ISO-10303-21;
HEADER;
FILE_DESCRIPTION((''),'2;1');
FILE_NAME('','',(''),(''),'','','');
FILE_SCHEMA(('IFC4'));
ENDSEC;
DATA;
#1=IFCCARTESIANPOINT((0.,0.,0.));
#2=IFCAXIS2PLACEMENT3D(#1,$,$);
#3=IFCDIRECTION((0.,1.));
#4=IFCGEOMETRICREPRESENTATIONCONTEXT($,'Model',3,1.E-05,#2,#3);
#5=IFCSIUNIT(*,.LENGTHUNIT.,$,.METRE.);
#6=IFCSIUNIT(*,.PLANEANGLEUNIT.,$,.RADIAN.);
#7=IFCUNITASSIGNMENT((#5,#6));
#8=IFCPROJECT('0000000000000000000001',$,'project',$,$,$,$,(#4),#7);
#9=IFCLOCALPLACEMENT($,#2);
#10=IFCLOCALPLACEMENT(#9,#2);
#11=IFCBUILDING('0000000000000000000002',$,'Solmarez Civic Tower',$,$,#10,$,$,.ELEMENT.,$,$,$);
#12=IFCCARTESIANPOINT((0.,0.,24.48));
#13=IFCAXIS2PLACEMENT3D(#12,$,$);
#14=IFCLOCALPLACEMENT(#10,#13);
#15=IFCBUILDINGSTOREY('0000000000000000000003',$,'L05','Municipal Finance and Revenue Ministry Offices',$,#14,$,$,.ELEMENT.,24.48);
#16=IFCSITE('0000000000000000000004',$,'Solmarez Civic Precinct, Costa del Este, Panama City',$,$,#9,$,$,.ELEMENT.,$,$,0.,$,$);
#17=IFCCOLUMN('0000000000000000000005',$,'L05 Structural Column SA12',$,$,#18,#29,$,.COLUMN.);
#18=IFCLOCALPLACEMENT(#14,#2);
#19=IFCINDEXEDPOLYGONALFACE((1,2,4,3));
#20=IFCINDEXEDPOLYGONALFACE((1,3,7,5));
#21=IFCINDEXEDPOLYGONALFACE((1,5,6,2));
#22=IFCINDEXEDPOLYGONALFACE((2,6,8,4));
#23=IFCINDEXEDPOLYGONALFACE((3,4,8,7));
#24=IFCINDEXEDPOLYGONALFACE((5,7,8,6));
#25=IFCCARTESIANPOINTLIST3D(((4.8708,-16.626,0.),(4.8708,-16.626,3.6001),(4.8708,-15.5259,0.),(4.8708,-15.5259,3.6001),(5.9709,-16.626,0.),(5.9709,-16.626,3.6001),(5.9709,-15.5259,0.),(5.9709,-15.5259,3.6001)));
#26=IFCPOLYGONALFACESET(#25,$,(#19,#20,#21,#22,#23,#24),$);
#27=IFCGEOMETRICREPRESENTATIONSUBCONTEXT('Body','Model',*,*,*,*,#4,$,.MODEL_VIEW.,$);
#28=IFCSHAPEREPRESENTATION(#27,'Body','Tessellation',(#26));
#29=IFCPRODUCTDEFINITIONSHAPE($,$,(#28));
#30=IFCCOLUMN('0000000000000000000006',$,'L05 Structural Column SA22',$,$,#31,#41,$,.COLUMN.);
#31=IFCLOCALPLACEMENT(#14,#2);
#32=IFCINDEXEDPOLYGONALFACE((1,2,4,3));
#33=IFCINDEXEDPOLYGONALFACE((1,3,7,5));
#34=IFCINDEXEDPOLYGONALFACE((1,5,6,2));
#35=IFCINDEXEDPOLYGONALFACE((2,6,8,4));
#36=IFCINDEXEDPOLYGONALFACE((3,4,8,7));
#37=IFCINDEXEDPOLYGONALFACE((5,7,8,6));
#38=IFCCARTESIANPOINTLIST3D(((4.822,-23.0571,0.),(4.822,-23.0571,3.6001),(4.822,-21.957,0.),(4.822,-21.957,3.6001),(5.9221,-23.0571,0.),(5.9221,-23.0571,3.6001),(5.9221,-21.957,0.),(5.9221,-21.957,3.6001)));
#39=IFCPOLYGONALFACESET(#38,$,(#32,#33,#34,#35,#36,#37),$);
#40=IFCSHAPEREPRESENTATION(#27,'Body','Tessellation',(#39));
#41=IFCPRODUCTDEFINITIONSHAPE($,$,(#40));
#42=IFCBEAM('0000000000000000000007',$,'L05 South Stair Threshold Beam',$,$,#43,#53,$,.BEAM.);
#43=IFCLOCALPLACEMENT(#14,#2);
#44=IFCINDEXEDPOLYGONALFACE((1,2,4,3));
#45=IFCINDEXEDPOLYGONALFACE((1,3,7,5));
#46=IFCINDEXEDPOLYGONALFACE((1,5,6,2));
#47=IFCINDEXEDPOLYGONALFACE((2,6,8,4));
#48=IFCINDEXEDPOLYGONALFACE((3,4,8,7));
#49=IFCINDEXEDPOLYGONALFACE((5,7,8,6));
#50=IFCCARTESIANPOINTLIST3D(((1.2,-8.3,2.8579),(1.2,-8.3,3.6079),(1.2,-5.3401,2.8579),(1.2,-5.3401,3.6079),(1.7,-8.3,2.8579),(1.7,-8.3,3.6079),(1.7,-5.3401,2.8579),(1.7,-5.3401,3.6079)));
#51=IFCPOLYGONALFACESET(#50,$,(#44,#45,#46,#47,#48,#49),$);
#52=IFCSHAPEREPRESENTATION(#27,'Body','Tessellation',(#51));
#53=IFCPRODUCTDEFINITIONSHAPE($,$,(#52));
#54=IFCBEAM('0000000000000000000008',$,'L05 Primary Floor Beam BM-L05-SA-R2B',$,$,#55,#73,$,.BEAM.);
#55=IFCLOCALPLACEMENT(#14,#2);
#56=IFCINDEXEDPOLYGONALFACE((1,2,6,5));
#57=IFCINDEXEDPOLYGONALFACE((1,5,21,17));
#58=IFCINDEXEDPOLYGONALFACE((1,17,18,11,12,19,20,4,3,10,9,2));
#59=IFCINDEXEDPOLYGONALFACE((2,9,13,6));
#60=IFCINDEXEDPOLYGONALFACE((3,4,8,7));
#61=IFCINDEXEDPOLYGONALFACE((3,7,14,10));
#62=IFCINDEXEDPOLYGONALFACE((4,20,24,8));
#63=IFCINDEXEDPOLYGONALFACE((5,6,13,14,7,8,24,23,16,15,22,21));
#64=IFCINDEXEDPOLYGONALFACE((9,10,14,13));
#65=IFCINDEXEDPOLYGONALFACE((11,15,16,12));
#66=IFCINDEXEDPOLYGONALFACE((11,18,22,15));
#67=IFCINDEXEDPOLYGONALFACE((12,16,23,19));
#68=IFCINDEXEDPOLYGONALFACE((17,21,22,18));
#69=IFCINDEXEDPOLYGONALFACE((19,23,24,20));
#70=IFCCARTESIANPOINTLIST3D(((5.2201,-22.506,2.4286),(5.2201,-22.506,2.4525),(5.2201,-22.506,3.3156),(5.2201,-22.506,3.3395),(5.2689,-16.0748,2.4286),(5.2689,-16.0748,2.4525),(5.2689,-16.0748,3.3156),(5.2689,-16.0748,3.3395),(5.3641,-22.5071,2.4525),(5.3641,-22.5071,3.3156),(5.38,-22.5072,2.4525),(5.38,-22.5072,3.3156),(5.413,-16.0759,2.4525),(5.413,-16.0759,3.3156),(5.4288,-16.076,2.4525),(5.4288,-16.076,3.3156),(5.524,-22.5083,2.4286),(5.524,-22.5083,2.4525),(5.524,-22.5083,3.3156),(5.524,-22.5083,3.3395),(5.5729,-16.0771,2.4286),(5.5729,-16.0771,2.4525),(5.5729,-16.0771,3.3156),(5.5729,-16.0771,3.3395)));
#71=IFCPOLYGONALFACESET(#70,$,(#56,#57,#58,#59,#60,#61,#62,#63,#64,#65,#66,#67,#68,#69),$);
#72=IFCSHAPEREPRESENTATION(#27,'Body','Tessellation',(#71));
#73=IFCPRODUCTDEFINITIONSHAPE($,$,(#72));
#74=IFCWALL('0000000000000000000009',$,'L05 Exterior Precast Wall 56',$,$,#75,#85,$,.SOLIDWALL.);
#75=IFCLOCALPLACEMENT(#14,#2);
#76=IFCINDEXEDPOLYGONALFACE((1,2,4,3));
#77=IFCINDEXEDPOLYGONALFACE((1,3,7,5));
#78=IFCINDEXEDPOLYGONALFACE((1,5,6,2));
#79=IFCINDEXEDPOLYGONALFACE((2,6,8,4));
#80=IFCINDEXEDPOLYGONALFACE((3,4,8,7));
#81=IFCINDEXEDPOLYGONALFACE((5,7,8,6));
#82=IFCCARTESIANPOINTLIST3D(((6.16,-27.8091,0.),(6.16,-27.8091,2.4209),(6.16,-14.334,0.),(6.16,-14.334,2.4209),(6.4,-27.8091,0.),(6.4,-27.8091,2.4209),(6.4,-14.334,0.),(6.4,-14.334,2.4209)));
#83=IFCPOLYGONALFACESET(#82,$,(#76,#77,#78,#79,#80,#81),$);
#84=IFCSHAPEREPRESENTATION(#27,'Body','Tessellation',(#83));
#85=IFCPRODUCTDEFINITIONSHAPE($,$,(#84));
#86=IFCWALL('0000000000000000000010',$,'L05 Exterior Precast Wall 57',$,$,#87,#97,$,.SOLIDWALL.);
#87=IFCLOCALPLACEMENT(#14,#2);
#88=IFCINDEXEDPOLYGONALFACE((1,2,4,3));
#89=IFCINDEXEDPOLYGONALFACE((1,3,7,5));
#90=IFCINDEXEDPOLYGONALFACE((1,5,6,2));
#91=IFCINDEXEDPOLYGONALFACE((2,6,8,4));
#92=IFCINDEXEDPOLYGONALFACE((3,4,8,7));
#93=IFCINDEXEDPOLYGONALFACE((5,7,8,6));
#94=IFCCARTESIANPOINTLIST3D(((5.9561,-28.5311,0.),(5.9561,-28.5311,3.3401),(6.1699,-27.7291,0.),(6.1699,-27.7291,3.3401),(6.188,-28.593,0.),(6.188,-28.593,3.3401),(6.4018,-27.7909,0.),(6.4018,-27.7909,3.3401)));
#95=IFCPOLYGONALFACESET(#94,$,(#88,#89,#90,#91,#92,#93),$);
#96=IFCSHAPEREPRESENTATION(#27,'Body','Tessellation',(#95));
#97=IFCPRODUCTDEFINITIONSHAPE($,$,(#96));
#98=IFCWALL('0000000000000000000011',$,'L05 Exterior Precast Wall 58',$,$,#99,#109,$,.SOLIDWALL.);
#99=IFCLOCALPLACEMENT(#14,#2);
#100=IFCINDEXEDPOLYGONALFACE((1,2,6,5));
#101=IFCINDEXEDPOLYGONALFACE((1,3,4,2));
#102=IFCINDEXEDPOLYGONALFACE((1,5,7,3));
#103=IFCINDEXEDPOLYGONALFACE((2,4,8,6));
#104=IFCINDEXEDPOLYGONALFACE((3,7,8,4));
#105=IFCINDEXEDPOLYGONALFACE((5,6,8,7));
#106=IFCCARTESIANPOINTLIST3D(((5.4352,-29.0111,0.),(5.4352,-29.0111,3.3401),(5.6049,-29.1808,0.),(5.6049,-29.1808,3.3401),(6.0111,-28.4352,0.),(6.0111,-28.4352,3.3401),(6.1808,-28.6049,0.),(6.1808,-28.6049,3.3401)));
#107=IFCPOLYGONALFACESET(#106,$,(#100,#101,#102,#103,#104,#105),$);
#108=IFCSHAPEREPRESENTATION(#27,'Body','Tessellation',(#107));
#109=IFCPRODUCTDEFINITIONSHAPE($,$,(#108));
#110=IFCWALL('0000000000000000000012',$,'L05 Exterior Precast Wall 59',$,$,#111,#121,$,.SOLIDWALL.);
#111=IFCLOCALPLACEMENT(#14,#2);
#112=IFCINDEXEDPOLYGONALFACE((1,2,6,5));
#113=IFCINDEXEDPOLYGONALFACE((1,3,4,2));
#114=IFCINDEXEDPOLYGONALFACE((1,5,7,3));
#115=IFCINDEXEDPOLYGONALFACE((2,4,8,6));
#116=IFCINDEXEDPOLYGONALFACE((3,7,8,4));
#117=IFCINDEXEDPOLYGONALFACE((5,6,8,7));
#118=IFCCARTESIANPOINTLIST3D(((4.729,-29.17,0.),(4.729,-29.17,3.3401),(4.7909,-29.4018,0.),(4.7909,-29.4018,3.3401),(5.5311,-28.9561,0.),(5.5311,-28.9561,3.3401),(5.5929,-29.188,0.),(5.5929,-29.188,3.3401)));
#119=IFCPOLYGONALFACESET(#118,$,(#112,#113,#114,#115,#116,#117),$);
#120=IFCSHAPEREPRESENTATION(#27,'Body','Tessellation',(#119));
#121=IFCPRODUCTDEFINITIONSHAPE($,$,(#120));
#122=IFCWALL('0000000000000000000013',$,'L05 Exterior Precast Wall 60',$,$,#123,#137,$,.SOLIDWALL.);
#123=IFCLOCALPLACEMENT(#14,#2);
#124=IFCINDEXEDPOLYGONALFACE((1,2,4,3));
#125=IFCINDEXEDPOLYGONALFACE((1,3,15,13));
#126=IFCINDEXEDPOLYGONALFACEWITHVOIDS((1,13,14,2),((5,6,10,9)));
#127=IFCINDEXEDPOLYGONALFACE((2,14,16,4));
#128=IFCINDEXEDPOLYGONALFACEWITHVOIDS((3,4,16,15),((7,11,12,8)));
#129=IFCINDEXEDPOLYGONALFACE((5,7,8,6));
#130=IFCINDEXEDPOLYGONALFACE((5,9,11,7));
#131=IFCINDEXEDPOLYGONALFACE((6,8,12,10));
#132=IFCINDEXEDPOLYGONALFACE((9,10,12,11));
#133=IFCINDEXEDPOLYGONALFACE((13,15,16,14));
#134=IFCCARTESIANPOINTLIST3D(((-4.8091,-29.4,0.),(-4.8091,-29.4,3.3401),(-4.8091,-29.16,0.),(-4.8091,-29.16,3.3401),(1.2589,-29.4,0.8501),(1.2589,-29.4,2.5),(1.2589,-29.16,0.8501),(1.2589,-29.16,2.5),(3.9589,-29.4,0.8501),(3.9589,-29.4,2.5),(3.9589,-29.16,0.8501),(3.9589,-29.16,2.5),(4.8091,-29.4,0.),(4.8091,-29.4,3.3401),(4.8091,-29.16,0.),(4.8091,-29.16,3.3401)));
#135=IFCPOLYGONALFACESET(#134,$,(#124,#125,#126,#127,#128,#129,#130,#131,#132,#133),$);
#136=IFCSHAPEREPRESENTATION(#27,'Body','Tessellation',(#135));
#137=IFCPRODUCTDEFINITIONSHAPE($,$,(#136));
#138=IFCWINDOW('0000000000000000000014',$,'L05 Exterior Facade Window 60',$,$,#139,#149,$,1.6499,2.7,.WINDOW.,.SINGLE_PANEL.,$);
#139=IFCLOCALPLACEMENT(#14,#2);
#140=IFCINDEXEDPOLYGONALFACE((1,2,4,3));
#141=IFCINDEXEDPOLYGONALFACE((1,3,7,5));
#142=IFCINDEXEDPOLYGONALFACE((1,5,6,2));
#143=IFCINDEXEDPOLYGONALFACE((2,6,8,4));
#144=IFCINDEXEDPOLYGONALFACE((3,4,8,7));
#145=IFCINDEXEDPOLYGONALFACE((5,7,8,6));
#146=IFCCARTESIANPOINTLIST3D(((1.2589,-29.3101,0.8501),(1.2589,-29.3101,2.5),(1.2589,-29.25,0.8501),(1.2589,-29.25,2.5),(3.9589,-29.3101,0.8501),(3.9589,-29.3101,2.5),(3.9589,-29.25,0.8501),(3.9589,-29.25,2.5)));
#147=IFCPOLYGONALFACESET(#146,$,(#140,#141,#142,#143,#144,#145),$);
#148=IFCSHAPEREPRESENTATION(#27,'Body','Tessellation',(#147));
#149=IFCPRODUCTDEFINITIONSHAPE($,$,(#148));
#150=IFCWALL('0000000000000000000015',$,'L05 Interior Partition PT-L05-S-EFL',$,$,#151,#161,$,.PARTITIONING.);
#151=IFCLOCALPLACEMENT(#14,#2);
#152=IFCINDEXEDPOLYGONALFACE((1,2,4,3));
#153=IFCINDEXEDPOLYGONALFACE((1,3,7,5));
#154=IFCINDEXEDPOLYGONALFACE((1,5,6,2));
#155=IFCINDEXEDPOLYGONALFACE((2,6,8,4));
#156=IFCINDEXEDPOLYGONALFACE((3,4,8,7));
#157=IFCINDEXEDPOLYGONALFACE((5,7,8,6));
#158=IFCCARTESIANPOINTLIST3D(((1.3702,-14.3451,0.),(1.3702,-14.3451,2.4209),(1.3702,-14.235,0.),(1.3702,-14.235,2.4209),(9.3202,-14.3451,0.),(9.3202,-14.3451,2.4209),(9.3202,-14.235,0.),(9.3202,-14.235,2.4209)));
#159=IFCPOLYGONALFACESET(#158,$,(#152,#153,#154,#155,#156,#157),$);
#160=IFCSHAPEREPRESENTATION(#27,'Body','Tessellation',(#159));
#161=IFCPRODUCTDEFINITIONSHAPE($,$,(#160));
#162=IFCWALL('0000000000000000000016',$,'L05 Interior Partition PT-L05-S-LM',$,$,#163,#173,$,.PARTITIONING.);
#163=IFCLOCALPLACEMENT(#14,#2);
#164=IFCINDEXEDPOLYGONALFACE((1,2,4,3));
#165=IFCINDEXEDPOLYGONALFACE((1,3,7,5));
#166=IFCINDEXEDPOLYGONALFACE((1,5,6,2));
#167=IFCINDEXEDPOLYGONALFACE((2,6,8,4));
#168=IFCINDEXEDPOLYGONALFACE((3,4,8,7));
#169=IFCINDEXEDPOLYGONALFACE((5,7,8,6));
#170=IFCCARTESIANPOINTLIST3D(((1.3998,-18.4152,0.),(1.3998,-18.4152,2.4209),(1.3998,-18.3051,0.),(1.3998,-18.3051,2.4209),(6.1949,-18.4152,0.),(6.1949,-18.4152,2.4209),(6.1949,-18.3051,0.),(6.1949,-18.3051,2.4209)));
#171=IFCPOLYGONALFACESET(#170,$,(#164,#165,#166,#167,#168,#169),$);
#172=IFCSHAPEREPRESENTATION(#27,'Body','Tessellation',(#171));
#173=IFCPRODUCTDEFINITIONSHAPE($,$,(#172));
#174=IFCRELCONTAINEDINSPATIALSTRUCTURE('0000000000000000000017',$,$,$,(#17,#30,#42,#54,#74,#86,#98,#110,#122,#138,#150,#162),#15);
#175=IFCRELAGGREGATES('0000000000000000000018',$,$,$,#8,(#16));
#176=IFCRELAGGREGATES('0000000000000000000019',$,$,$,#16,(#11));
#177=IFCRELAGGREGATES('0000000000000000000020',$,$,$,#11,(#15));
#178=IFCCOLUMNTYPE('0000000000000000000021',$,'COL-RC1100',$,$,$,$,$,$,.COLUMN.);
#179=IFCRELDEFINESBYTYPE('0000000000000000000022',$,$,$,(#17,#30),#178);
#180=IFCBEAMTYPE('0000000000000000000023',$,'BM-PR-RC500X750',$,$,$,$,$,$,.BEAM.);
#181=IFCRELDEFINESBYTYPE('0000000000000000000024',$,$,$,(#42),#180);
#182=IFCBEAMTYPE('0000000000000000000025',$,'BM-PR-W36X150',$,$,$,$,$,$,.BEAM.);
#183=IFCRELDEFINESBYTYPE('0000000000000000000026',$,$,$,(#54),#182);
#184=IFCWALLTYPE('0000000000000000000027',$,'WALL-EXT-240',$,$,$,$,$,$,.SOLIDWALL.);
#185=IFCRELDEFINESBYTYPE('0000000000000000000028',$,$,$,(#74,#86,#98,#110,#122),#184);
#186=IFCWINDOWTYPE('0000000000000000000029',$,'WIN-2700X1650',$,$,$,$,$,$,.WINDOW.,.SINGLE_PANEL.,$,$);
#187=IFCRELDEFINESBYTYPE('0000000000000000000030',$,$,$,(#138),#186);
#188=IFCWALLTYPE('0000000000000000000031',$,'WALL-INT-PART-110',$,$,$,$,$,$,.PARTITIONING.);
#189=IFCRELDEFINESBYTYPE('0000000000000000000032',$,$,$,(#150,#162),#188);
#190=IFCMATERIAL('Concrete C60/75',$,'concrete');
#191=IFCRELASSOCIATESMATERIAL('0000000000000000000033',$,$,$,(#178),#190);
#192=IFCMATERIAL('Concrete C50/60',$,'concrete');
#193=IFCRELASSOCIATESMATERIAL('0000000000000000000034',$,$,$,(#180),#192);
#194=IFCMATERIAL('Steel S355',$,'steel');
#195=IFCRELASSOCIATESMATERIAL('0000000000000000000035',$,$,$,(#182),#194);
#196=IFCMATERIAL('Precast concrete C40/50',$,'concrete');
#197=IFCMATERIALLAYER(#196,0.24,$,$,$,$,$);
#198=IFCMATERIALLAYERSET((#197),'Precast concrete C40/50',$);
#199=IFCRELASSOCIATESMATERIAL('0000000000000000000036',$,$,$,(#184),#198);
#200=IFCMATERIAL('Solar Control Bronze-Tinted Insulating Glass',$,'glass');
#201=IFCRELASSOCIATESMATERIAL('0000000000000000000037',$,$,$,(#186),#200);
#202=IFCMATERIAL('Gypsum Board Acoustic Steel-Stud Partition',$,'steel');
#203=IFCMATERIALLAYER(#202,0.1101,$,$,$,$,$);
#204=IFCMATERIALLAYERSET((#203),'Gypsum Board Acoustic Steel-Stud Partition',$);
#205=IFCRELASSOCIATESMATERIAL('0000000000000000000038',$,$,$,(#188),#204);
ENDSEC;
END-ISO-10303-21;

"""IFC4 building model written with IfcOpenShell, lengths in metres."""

from ifc_helpers import new_model, si_unit, direction, frame, frame_2d, origin, origin_2d, place, context, subcontext, project, spatial, rectangle, i_section, extrude, material, layer, layer_set, material_profile, profile_set, type_object, element, fill, save


model = new_model("IFC4")

# Units and contexts
model_context = context("Model", 3, precision=1e-05, world=origin(), true_north=direction((0.0, 1.0)))
body_context = subcontext(model_context, "Body", "Model", "MODEL_VIEW")
ifc_project = project(units=[si_unit("LENGTHUNIT", "METRE"), si_unit("PLANEANGLEUNIT", "RADIAN")], contexts=[model_context])

# Site, building, storey
site_placement = place(None, origin())
site = spatial("IfcSite", under=ifc_project, at=site_placement, Name="Solmarez Civic Precinct, Costa del Este, Panama City", CompositionType="ELEMENT", RefElevation=0.0)
building_placement = place(site_placement, origin())
building = spatial("IfcBuilding", under=site, at=building_placement, Name="Solmarez Civic Tower", CompositionType="ELEMENT")
storey_placement = place(building_placement, frame((0.0, 0.0, 24.48)))
storey = spatial("IfcBuildingStorey", under=building, at=storey_placement, Name="L05", Description="Municipal Finance and Revenue Ministry Offices", CompositionType="ELEMENT", Elevation=24.48)

# Columns
ifc_material_1 = material(Name="Concrete C60/75", Category="concrete")
ifc_material_profile_1 = material_profile(ifc_material_1, rectangle(XDim=1.1001, YDim=1.1001, at=origin_2d()), Name="RC1100X1100")
ifc_profile_set_1 = profile_set([ifc_material_profile_1], Name="Concrete C60/75")
column_type = type_object("IfcColumnType", Name="COL-RC1100", PredefinedType="COLUMN", material=ifc_profile_set_1)
for number, where, z_axis, x_axis, name in (
    (1, (5.4209, -16.0759, 0.0), (0.0, 0.0, 1.0), (1.0, 0.0, 0.0), "L05 Structural Column SA12"),
    (2, (5.3721, -22.5071, 0.0), (0.0, 0.0, 1.0), (1.0, 0.0, 0.0), "L05 Structural Column SA22"),
):
    element("IfcColumn", number, at=place(storey_placement, frame(where, z_axis=z_axis, x_axis=x_axis)), inside=storey, type_object=column_type, Name=name, PredefinedType="COLUMN", context=body_context, shape_type="SweptSolid", body=[
        extrude(rectangle(XDim=1.1001, YDim=1.1001, at=origin_2d()), origin(), (0.0, 0.0, 1.0), 3.6001),
    ])

# Beams
ifc_material_2 = material(Name="Concrete C50/60", Category="concrete")
ifc_material_profile_2 = material_profile(ifc_material_2, rectangle(XDim=0.5, YDim=0.75, at=origin_2d()), Name="RC500X750")
ifc_profile_set_2 = profile_set([ifc_material_profile_2], Name="Concrete C50/60")
beam_type_1 = type_object("IfcBeamType", Name="BM-PR-RC500X750", PredefinedType="BEAM", material=ifc_profile_set_2)
beam_1_placement = place(storey_placement, frame((1.45, -8.3, 3.2329), z_axis=(0.0, 1.0, 0.0), x_axis=(-1.0, 0.0, 0.0)))
element("IfcBeam", 3, at=beam_1_placement, inside=storey, type_object=beam_type_1, Name="L05 South Stair Threshold Beam", PredefinedType="BEAM", context=body_context, shape_type="SweptSolid", body=[
    extrude(rectangle(XDim=0.5, YDim=0.75, at=origin_2d()), origin(), (0.0, 0.0, 1.0), 2.96),
])
ifc_material_3 = material(Name="Steel S355", Category="steel")
ifc_material_profile_3 = material_profile(ifc_material_3, i_section(OverallWidth=0.304, OverallDepth=0.9109, WebThickness=0.0159, FlangeThickness=0.0239, at=origin_2d()), Name="W36X150")
ifc_profile_set_3 = profile_set([ifc_material_profile_3], Name="Steel S355")
beam_type_2 = type_object("IfcBeamType", Name="BM-PR-W36X150", PredefinedType="BEAM", material=ifc_profile_set_3)
beam_2_placement = place(storey_placement, frame((5.4209, -16.0759, 2.884), z_axis=(-0.007592, -0.999971, 0.0), x_axis=(0.999971, -0.007592, 0.0)))
element("IfcBeam", 4, at=beam_2_placement, inside=storey, type_object=beam_type_2, Name="L05 Primary Floor Beam BM-L05-SA-R2B", PredefinedType="BEAM", context=body_context, shape_type="SweptSolid", body=[
    extrude(i_section(OverallWidth=0.304, OverallDepth=0.9109, WebThickness=0.0159, FlangeThickness=0.0239, at=origin_2d()), origin(), (0.0, 0.0, 1.0), 6.4314),
])

# Walls
ifc_material_4 = material(Name="Precast concrete C40/50", Category="concrete")
ifc_layer_1 = layer(ifc_material_4, 0.24)
ifc_layer_set_1 = layer_set([ifc_layer_1], Name="Precast concrete C40/50")
wall_type_1 = type_object("IfcWallType", Name="WALL-EXT-240", PredefinedType="SOLIDWALL", material=ifc_layer_set_1)
wall_1_placement = place(storey_placement, frame((6.28, -14.334, 0.0), z_axis=(0.0, 0.0, 1.0), x_axis=(0.0, -1.0, 0.0)))
element("IfcWall", 5, at=wall_1_placement, inside=storey, type_object=wall_type_1, Name="L05 Exterior Precast Wall 56", PredefinedType="SOLIDWALL", context=body_context, shape_type="SweptSolid", body=[
    extrude(rectangle(XDim=13.4751, YDim=0.24, at=frame_2d((6.7375, 0.0))), origin(), (0.0, 0.0, 1.0), 2.4209),
])
wall_2_placement = place(storey_placement, frame((6.2859, -27.76, 0.0), z_axis=(0.0, 0.0, 1.0), x_axis=(-0.257663, -0.966235, 0.0)))
element("IfcWall", 6, at=wall_2_placement, inside=storey, type_object=wall_type_1, Name="L05 Exterior Precast Wall 57", PredefinedType="SOLIDWALL", context=body_context, shape_type="SweptSolid", body=[
    extrude(rectangle(XDim=0.8301, YDim=0.24, at=frame_2d((0.415, 0.0))), origin(), (0.0, 0.0, 1.0), 3.3401),
])
wall_3_placement = place(storey_placement, frame((6.0959, -28.52, 0.0), z_axis=(0.0, 0.0, 1.0), x_axis=(-0.707107, -0.707107, 0.0)))
element("IfcWall", 7, at=wall_3_placement, inside=storey, type_object=wall_type_1, Name="L05 Exterior Precast Wall 58", PredefinedType="SOLIDWALL", context=body_context, shape_type="SweptSolid", body=[
    extrude(rectangle(XDim=0.8145, YDim=0.24, at=frame_2d((0.4072, 0.0))), origin(), (0.0, 0.0, 1.0), 3.3401),
])
wall_4_placement = place(storey_placement, frame((5.562, -29.072, 0.0), z_axis=(0.0, 0.0, 1.0), x_axis=(-0.966235, -0.257663, 0.0)))
element("IfcWall", 8, at=wall_4_placement, inside=storey, type_object=wall_type_1, Name="L05 Exterior Precast Wall 59", PredefinedType="SOLIDWALL", context=body_context, shape_type="SweptSolid", body=[
    extrude(rectangle(XDim=0.8301, YDim=0.24, at=frame_2d((0.415, 0.0))), origin(), (0.0, 0.0, 1.0), 3.3401),
])

# Wall, opening, window
wall_5_placement = place(storey_placement, frame((4.8091, -29.28, 0.0), z_axis=(0.0, 0.0, 1.0), x_axis=(-1.0, 0.0, 0.0)))
wall_5 = element("IfcWall", 9, at=wall_5_placement, inside=storey, type_object=wall_type_1, Name="L05 Exterior Precast Wall 60", PredefinedType="SOLIDWALL", context=body_context, shape_type="SweptSolid", body=[
    extrude(rectangle(XDim=9.6182, YDim=0.24, at=frame_2d((4.8091, 0.0))), origin(), (0.0, 0.0, 1.0), 3.3401),
])
opening_1_placement = place(wall_5_placement, frame((0.8501, 0.0, 0.8501)))
opening_1 = element("IfcOpeningElement", 10, at=opening_1_placement, cuts=wall_5, PredefinedType="OPENING", context=body_context, shape_type="SweptSolid", body=[
    extrude(rectangle(XDim=2.7, YDim=1.6499, at=frame_2d((1.3501, 0.825))), frame((0.0, 0.1299, 0.0), z_axis=(0.0, -1.0, 0.0), x_axis=(1.0, 0.0, 0.0)), (0.0, 0.0, 1.0), 0.26),
])
ifc_material_5 = material(Name="Solar Control Bronze-Tinted Insulating Glass", Category="glass")
window_type = type_object("IfcWindowType", Name="WIN-2700X1650", PartitioningType="SINGLE_PANEL", PredefinedType="WINDOW", material=ifc_material_5)
window_placement = place(opening_1_placement, origin())
window = element("IfcWindow", 11, at=window_placement, inside=storey, type_object=window_type, Name="L05 Exterior Facade Window 60", OverallHeight=1.6499, OverallWidth=2.7, PartitioningType="SINGLE_PANEL", PredefinedType="WINDOW", context=body_context, shape_type="SweptSolid", body=[
    extrude(rectangle(XDim=2.7, YDim=1.6499, at=frame_2d((1.3501, 0.825))), frame((0.0, 0.03, 0.0), z_axis=(0.0, -1.0, 0.0), x_axis=(1.0, 0.0, 0.0)), (0.0, 0.0, 1.0), 0.0601),
])
fill(opening_1, window)

# Walls
ifc_material_6 = material(Name="Gypsum Board Acoustic Steel-Stud Partition", Category="steel")
ifc_layer_2 = layer(ifc_material_6, 0.1101)
ifc_layer_set_2 = layer_set([ifc_layer_2], Name="Gypsum Board Acoustic Steel-Stud Partition")
wall_type_2 = type_object("IfcWallType", Name="WALL-INT-PART-110", PredefinedType="PARTITIONING", material=ifc_layer_set_2)
wall_6_placement = place(storey_placement, frame((1.3701, -14.29, 0.0), z_axis=(0.0, 0.0, 1.0), x_axis=(1.0, 0.0, 0.0)))
element("IfcWall", 12, at=wall_6_placement, inside=storey, type_object=wall_type_2, Name="L05 Interior Partition PT-L05-S-EFL", PredefinedType="PARTITIONING", context=body_context, shape_type="SweptSolid", body=[
    extrude(rectangle(XDim=7.95, YDim=0.1101, at=frame_2d((3.9751, 0.0))), origin(), (0.0, 0.0, 1.0), 2.4209),
])
wall_7_placement = place(storey_placement, frame((1.3999, -18.3601, 0.0), z_axis=(0.0, 0.0, 1.0), x_axis=(1.0, 0.0, 0.0)))
element("IfcWall", 13, at=wall_7_placement, inside=storey, type_object=wall_type_2, Name="L05 Interior Partition PT-L05-S-LM", PredefinedType="PARTITIONING", context=body_context, shape_type="SweptSolid", body=[
    extrude(rectangle(XDim=4.7952, YDim=0.1101, at=frame_2d((2.3975, 0.0))), origin(), (0.0, 0.0, 1.0), 2.4209),
])

save(model, "model.ifc")
